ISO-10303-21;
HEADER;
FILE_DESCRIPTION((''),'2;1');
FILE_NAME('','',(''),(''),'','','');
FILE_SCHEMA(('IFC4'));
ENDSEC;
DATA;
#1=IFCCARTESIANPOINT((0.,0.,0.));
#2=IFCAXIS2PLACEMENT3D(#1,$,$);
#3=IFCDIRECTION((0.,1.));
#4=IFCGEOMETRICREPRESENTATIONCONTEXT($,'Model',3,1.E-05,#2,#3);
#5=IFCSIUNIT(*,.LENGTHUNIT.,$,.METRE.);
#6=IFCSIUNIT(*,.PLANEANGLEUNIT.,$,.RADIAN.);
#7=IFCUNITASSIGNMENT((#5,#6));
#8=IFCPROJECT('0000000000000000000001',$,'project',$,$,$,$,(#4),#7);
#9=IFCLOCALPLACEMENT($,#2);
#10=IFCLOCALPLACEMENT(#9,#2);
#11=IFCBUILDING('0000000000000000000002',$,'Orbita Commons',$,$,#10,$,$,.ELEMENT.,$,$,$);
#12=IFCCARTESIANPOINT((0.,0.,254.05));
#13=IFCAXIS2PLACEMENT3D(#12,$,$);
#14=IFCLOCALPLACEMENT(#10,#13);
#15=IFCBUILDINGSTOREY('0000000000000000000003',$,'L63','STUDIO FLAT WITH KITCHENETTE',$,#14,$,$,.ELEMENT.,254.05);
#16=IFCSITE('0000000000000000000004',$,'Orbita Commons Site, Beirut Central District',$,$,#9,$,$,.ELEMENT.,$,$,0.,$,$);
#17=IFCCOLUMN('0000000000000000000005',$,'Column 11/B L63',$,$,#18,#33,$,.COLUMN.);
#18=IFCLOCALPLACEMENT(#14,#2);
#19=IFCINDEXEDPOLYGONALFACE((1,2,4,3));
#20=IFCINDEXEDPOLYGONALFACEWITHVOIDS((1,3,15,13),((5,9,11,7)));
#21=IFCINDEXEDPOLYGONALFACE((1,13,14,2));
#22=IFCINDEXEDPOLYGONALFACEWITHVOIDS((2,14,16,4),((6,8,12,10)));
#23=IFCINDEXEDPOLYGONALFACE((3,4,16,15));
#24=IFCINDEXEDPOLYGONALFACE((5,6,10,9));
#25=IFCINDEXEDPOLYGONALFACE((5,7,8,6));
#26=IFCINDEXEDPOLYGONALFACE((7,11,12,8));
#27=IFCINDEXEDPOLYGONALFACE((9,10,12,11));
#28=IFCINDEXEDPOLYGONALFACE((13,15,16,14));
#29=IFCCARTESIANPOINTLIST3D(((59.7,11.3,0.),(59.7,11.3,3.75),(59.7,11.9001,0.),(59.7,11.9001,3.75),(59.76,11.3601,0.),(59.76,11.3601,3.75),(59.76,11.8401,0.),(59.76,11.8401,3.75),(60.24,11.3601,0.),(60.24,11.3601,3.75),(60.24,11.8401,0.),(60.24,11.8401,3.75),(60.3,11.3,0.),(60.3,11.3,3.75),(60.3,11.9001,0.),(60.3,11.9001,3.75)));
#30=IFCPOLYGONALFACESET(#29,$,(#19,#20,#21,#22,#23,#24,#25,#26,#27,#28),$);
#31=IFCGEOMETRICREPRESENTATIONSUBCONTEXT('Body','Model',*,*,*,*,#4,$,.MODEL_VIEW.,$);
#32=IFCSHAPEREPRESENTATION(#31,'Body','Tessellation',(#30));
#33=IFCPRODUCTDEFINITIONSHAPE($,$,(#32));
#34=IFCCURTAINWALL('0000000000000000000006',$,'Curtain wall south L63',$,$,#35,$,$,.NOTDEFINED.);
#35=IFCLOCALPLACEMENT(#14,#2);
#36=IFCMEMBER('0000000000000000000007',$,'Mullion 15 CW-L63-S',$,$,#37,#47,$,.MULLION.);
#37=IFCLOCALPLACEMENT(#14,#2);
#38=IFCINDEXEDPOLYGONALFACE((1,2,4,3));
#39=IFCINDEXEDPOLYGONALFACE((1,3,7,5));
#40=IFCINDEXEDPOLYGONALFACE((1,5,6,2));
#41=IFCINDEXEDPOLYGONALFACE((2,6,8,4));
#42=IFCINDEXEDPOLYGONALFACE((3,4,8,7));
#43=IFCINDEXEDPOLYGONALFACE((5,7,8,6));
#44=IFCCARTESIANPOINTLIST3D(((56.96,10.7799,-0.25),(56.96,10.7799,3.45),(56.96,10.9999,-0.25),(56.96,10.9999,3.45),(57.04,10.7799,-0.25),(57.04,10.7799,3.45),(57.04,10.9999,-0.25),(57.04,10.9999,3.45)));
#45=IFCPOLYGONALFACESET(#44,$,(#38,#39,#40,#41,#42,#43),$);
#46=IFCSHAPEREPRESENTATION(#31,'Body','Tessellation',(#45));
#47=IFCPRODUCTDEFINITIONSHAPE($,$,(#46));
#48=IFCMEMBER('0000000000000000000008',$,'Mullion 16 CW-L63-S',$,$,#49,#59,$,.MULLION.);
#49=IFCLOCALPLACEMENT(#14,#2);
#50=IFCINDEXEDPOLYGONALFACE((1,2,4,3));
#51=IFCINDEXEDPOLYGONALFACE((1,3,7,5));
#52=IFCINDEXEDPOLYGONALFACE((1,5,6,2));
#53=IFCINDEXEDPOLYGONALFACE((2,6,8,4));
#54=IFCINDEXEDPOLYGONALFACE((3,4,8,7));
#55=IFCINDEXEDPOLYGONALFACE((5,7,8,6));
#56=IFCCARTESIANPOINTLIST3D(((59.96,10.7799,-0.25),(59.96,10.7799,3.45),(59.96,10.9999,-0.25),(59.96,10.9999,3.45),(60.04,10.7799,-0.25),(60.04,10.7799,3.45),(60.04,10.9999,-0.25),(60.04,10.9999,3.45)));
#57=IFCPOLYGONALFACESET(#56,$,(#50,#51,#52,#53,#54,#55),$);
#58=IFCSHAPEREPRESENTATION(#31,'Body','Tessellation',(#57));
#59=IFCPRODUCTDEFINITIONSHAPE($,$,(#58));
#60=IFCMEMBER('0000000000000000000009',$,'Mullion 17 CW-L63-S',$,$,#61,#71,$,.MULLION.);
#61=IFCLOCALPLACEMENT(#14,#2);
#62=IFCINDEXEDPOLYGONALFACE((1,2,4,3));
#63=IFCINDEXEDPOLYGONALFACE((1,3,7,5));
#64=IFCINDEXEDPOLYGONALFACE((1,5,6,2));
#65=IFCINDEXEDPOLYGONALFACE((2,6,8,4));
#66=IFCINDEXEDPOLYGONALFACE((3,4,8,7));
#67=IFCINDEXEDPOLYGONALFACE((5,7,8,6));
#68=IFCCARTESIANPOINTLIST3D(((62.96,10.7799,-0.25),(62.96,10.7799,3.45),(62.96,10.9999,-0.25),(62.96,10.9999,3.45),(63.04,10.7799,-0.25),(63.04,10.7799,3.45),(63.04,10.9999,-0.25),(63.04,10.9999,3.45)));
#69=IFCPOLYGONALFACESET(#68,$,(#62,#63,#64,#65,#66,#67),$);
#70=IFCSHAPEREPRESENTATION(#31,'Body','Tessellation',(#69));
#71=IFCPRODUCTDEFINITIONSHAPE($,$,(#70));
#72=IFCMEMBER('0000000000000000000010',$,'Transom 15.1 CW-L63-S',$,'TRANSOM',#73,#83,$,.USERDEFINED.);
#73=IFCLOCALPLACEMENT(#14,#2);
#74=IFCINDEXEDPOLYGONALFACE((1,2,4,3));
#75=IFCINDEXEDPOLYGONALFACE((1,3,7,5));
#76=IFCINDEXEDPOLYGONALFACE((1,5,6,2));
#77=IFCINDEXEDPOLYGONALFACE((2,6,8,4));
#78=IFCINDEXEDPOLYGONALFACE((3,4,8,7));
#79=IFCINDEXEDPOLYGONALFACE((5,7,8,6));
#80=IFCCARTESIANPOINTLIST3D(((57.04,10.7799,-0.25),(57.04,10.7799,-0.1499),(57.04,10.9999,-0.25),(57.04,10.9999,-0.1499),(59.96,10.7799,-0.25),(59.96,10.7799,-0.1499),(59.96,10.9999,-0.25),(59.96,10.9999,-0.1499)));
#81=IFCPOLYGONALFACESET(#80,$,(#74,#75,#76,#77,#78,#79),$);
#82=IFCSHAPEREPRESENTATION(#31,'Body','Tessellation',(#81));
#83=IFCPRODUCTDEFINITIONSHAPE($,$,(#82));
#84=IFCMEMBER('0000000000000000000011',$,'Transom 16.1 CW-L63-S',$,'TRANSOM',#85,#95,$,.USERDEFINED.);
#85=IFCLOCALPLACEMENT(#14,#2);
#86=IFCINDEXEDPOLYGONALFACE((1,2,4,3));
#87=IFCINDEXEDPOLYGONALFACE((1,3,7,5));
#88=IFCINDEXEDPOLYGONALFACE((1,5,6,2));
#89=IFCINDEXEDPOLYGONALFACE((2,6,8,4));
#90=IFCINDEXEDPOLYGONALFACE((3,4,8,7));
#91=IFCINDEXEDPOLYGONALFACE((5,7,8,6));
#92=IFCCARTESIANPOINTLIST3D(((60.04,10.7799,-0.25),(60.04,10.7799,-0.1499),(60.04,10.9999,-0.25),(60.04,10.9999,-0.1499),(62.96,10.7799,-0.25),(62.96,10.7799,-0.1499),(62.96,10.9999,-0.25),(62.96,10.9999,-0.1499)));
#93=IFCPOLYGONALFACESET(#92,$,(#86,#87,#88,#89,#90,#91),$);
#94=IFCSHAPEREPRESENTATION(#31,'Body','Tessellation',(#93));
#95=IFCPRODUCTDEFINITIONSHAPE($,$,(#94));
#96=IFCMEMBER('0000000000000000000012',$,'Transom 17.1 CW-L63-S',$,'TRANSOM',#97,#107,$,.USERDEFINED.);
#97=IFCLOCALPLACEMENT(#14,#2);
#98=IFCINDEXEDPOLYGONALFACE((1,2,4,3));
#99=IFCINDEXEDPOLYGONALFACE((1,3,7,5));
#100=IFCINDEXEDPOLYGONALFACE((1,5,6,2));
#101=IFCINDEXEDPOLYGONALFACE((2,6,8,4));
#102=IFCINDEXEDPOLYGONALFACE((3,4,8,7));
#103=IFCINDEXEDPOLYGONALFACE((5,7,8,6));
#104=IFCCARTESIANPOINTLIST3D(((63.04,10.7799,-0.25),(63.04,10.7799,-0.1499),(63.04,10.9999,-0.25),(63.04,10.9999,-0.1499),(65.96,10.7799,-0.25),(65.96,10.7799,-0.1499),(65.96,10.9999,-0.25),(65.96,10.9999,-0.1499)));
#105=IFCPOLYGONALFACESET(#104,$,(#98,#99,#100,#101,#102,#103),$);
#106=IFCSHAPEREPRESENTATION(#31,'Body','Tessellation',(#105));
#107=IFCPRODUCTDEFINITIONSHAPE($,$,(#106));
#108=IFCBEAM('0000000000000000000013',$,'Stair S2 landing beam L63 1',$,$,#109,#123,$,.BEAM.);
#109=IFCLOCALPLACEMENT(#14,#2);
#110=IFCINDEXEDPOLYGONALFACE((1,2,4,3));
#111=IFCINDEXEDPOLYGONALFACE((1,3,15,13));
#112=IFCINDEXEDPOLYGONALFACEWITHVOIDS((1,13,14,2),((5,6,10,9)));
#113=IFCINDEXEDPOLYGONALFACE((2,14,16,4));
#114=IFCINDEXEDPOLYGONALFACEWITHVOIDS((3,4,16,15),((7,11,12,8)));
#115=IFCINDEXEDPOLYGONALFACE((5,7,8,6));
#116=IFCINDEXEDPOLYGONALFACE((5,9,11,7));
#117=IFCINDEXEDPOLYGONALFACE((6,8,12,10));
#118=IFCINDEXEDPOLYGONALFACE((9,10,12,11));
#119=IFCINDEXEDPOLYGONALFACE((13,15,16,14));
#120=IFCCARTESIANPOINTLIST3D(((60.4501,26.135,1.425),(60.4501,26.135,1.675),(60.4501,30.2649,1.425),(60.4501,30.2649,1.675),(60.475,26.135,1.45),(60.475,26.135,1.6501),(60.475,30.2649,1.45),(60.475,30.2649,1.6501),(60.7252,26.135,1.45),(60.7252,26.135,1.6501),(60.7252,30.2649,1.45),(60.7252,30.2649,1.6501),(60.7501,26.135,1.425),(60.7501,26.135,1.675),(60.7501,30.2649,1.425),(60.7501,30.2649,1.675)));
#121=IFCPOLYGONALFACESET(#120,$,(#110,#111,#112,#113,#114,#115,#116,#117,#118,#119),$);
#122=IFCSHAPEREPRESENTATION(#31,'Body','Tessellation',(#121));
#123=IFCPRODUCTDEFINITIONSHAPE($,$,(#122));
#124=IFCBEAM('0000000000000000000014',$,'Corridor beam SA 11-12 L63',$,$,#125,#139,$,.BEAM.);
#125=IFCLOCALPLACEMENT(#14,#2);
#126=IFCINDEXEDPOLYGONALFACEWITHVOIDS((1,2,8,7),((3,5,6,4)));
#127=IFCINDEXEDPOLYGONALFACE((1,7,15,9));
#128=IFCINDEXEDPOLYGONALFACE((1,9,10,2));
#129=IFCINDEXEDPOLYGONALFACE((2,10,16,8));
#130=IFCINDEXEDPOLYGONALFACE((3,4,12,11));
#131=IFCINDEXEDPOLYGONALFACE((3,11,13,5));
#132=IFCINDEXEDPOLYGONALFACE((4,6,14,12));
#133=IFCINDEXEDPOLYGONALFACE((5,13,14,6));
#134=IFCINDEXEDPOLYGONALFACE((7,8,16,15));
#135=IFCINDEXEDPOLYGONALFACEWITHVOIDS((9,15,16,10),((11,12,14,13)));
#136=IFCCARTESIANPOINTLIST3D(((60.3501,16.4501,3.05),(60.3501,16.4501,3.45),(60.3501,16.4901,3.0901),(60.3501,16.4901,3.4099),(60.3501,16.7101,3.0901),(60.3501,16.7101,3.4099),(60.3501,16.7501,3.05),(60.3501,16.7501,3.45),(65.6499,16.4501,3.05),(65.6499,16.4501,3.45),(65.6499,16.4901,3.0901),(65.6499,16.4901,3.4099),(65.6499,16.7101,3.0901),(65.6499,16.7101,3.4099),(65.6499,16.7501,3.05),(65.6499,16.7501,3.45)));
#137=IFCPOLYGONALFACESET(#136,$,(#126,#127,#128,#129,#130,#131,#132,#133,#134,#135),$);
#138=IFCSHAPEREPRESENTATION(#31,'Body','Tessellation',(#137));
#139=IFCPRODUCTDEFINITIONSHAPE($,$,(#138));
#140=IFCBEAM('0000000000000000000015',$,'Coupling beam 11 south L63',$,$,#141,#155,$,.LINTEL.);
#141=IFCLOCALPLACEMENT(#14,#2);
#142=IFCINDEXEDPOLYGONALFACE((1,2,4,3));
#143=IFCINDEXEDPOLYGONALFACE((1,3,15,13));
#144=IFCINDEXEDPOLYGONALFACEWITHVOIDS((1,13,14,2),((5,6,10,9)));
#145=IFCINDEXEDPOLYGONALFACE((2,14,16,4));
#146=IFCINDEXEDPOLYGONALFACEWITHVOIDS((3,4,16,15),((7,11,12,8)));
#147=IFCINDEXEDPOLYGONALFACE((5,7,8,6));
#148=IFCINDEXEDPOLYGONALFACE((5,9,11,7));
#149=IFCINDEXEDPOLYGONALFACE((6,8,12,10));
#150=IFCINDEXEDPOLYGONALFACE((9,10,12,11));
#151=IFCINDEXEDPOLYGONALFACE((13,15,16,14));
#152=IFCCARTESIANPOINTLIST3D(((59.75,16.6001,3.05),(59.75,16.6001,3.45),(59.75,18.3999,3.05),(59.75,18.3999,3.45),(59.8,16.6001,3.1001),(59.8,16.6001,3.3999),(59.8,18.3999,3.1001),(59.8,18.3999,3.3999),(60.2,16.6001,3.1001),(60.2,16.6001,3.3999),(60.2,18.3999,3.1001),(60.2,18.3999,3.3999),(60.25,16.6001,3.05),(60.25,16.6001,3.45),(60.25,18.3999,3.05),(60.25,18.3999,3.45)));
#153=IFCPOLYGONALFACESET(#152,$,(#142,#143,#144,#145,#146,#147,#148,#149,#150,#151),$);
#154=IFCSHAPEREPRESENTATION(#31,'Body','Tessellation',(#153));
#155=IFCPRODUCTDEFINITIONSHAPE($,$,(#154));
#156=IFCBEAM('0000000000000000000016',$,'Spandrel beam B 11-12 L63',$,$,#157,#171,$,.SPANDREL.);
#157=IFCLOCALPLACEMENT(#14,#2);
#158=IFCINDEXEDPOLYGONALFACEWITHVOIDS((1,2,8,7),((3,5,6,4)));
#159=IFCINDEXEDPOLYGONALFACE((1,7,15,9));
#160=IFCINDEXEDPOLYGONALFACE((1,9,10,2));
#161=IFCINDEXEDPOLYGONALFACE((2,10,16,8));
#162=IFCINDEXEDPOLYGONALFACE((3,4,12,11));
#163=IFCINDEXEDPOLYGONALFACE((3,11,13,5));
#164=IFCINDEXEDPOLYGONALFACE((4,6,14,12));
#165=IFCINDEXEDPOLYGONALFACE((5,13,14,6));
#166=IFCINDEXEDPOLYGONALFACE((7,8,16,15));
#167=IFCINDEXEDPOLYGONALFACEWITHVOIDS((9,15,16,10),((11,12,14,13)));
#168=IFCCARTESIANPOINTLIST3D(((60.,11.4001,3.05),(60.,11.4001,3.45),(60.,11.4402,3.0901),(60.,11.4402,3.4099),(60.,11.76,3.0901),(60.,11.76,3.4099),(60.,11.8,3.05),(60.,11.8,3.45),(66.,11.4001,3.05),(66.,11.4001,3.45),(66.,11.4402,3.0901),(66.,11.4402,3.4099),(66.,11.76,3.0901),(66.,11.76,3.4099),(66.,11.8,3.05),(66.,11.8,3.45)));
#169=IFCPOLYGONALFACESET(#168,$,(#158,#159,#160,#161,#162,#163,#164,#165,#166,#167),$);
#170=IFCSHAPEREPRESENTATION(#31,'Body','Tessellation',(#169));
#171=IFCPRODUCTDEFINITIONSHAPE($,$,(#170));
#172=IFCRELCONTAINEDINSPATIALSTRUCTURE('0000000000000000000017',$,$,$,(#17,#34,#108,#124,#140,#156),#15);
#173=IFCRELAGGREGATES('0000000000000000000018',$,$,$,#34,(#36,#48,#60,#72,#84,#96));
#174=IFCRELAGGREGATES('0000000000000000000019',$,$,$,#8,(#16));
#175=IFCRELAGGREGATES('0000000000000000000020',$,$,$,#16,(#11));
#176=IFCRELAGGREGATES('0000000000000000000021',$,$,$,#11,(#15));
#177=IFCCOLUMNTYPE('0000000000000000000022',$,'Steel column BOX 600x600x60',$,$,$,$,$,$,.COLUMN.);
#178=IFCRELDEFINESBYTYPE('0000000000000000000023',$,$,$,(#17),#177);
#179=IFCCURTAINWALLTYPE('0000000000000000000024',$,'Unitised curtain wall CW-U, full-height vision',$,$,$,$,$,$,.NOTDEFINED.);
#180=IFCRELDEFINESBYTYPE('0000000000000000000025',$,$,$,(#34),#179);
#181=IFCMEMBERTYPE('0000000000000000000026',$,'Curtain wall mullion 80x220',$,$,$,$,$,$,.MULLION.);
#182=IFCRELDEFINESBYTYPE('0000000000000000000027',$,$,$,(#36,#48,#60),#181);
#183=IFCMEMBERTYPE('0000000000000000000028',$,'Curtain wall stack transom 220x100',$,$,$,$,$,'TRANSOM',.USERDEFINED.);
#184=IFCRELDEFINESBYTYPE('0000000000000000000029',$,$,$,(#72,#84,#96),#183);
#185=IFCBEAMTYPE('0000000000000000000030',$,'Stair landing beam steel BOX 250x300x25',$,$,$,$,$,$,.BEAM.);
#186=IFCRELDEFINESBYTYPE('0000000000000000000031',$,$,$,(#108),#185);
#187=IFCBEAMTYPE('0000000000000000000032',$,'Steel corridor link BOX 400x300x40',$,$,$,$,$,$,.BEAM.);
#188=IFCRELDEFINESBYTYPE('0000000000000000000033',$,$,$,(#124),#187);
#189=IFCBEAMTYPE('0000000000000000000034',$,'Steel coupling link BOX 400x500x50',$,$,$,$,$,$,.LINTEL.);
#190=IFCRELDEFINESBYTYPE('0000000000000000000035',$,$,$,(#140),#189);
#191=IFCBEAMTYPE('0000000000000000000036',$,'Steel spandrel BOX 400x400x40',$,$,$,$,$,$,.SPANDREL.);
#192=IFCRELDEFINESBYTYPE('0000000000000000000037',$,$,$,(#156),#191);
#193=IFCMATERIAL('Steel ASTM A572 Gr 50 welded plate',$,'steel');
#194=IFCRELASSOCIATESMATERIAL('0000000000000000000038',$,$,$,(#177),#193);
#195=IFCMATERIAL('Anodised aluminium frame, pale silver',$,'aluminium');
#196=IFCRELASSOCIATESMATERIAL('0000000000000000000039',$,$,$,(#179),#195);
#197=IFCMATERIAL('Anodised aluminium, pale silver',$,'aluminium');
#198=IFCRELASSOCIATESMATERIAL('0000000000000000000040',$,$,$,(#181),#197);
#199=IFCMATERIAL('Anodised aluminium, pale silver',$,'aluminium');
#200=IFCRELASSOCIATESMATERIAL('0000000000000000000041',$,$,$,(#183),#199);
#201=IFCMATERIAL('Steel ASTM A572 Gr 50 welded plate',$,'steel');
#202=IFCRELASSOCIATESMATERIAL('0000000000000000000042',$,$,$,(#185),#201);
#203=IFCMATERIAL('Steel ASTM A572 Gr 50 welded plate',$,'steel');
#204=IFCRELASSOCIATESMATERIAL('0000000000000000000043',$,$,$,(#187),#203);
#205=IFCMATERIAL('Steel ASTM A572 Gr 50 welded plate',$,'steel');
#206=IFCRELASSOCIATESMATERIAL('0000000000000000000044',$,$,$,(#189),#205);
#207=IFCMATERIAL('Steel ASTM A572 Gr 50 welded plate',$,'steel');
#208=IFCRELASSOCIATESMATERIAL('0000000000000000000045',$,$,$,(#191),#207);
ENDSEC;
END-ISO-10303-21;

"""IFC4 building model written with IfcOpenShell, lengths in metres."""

from ifc_helpers import new_model, si_unit, direction, frame, origin, origin_2d, place, context, subcontext, project, spatial, rectangle, hollow_rectangle, extrude, material, material_profile, profile_set, type_object, element, aggregate, save


model = new_model("IFC4")

# Units and contexts
model_context = context("Model", 3, precision=1e-05, world=origin(), true_north=direction((0.0, 1.0)))
body_context = subcontext(model_context, "Body", "Model", "MODEL_VIEW")
ifc_project = project(units=[si_unit("LENGTHUNIT", "METRE"), si_unit("PLANEANGLEUNIT", "RADIAN")], contexts=[model_context])

# Site, building, storey
site_placement = place(None, origin())
site = spatial("IfcSite", under=ifc_project, at=site_placement, Name="Orbita Commons Site, Beirut Central District", CompositionType="ELEMENT", RefElevation=0.0)
building_placement = place(site_placement, origin())
building = spatial("IfcBuilding", under=site, at=building_placement, Name="Orbita Commons", CompositionType="ELEMENT")
storey_placement = place(building_placement, frame((0.0, 0.0, 254.05)))
storey = spatial("IfcBuildingStorey", under=building, at=storey_placement, Name="L63", Description="STUDIO FLAT WITH KITCHENETTE", CompositionType="ELEMENT", Elevation=254.05)

# Column
ifc_material_1 = material(Name="Steel ASTM A572 Gr 50 welded plate", Category="steel")
ifc_material_profile_1 = material_profile(ifc_material_1, hollow_rectangle(XDim=0.6001, YDim=0.6001, WallThickness=0.0601, at=origin_2d()), Name="BOX 600x600x60")
ifc_profile_set_1 = profile_set([ifc_material_profile_1], Name="Steel ASTM A572 Gr 50 welded plate")
column_type = type_object("IfcColumnType", Name="Steel column BOX 600x600x60", PredefinedType="COLUMN", material=ifc_profile_set_1)
column_placement = place(storey_placement, frame((60.0, 11.6001, 0.0), z_axis=(0.0, 0.0, 1.0), x_axis=(1.0, 0.0, 0.0)))
element("IfcColumn", 1, at=column_placement, inside=storey, type_object=column_type, Name="Column 11/B L63", PredefinedType="COLUMN", context=body_context, shape_type="SweptSolid", body=[
    extrude(hollow_rectangle(XDim=0.6001, YDim=0.6001, WallThickness=0.0601, at=origin_2d()), origin(), (0.0, 0.0, 1.0), 3.75),
])

# Curtain wall, members
ifc_material_2 = material(Name="Anodised aluminium frame, pale silver", Category="aluminium")
curtain_wall_type = type_object("IfcCurtainWallType", Name="Unitised curtain wall CW-U, full-height vision", PredefinedType="NOTDEFINED", material=ifc_material_2)
curtain_wall_placement = place(storey_placement, origin())
curtain_wall = element("IfcCurtainWall", 2, at=curtain_wall_placement, inside=storey, type_object=curtain_wall_type, Name="Curtain wall south L63", PredefinedType="NOTDEFINED")
ifc_material_3 = material(Name="Anodised aluminium, pale silver", Category="aluminium")
ifc_material_profile_2 = material_profile(ifc_material_3, rectangle(XDim=0.0801, YDim=0.22, at=origin_2d()), Name="AL 80x220")
ifc_profile_set_2 = profile_set([ifc_material_profile_2], Name="Anodised aluminium, pale silver")
member_type_1 = type_object("IfcMemberType", Name="Curtain wall mullion 80x220", PredefinedType="MULLION", material=ifc_profile_set_2)
member_1_placement = place(storey_placement, frame((57.0, 10.8899, -0.25), z_axis=(0.0, 0.0, 1.0), x_axis=(1.0, 0.0, 0.0)))
member_1 = element("IfcMember", 3, at=member_1_placement, type_object=member_type_1, Name="Mullion 15 CW-L63-S", PredefinedType="MULLION", context=body_context, shape_type="SweptSolid", body=[
    extrude(rectangle(XDim=0.0801, YDim=0.22, at=origin_2d()), origin(), (0.0, 0.0, 1.0), 3.7),
])
member_2_placement = place(storey_placement, frame((60.0, 10.8899, -0.25), z_axis=(0.0, 0.0, 1.0), x_axis=(1.0, 0.0, 0.0)))
member_2 = element("IfcMember", 4, at=member_2_placement, type_object=member_type_1, Name="Mullion 16 CW-L63-S", PredefinedType="MULLION", context=body_context, shape_type="SweptSolid", body=[
    extrude(rectangle(XDim=0.0801, YDim=0.22, at=origin_2d()), origin(), (0.0, 0.0, 1.0), 3.7),
])
member_3_placement = place(storey_placement, frame((63.0, 10.8899, -0.25), z_axis=(0.0, 0.0, 1.0), x_axis=(1.0, 0.0, 0.0)))
member_3 = element("IfcMember", 5, at=member_3_placement, type_object=member_type_1, Name="Mullion 17 CW-L63-S", PredefinedType="MULLION", context=body_context, shape_type="SweptSolid", body=[
    extrude(rectangle(XDim=0.0801, YDim=0.22, at=origin_2d()), origin(), (0.0, 0.0, 1.0), 3.7),
])
ifc_material_4 = material(Name="Anodised aluminium, pale silver", Category="aluminium")
ifc_material_profile_3 = material_profile(ifc_material_4, rectangle(XDim=0.22, YDim=0.1001, at=origin_2d()), Name="AL 220x100")
ifc_profile_set_3 = profile_set([ifc_material_profile_3], Name="Anodised aluminium, pale silver")
member_type_2 = type_object("IfcMemberType", Name="Curtain wall stack transom 220x100", ElementType="TRANSOM", PredefinedType="USERDEFINED", material=ifc_profile_set_3)
member_4_placement = place(storey_placement, frame((57.04, 10.8899, -0.2), z_axis=(1.0, 0.0, 0.0), x_axis=(0.0, 1.0, 0.0)))
member_4 = element("IfcMember", 6, at=member_4_placement, type_object=member_type_2, Name="Transom 15.1 CW-L63-S", ObjectType="TRANSOM", PredefinedType="USERDEFINED", context=body_context, shape_type="SweptSolid", body=[
    extrude(rectangle(XDim=0.22, YDim=0.1001, at=origin_2d()), origin(), (0.0, 0.0, 1.0), 2.9199),
])
member_5_placement = place(storey_placement, frame((60.04, 10.8899, -0.2), z_axis=(1.0, 0.0, 0.0), x_axis=(0.0, 1.0, 0.0)))
member_5 = element("IfcMember", 7, at=member_5_placement, type_object=member_type_2, Name="Transom 16.1 CW-L63-S", ObjectType="TRANSOM", PredefinedType="USERDEFINED", context=body_context, shape_type="SweptSolid", body=[
    extrude(rectangle(XDim=0.22, YDim=0.1001, at=origin_2d()), origin(), (0.0, 0.0, 1.0), 2.9199),
])
member_6_placement = place(storey_placement, frame((63.04, 10.8899, -0.2), z_axis=(1.0, 0.0, 0.0), x_axis=(0.0, 1.0, 0.0)))
member_6 = element("IfcMember", 8, at=member_6_placement, type_object=member_type_2, Name="Transom 17.1 CW-L63-S", ObjectType="TRANSOM", PredefinedType="USERDEFINED", context=body_context, shape_type="SweptSolid", body=[
    extrude(rectangle(XDim=0.22, YDim=0.1001, at=origin_2d()), origin(), (0.0, 0.0, 1.0), 2.9199),
])

# Beams
ifc_material_5 = material(Name="Steel ASTM A572 Gr 50 welded plate", Category="steel")
ifc_material_profile_4 = material_profile(ifc_material_5, hollow_rectangle(XDim=0.3, YDim=0.25, WallThickness=0.0249, at=origin_2d()), Name="BOX 250x300x25")
ifc_profile_set_4 = profile_set([ifc_material_profile_4], Name="Steel ASTM A572 Gr 50 welded plate")
beam_type_1 = type_object("IfcBeamType", Name="Stair landing beam steel BOX 250x300x25", PredefinedType="BEAM", material=ifc_profile_set_4)
beam_1_placement = place(storey_placement, frame((60.6001, 26.135, 1.55), z_axis=(0.0, 1.0, 0.0), x_axis=(-1.0, 0.0, 0.0)))
element("IfcBeam", 9, at=beam_1_placement, inside=storey, type_object=beam_type_1, Name="Stair S2 landing beam L63 1", PredefinedType="BEAM", context=body_context, shape_type="SweptSolid", body=[
    extrude(hollow_rectangle(XDim=0.3, YDim=0.25, WallThickness=0.0249, at=origin_2d()), origin(), (0.0, 0.0, 1.0), 4.1299),
])
ifc_material_6 = material(Name="Steel ASTM A572 Gr 50 welded plate", Category="steel")
ifc_material_profile_5 = material_profile(ifc_material_6, hollow_rectangle(XDim=0.3, YDim=0.3999, WallThickness=0.04, at=origin_2d()), Name="BOX 400x300x40")
ifc_profile_set_5 = profile_set([ifc_material_profile_5], Name="Steel ASTM A572 Gr 50 welded plate")
beam_type_2 = type_object("IfcBeamType", Name="Steel corridor link BOX 400x300x40", PredefinedType="BEAM", material=ifc_profile_set_5)
beam_2_placement = place(storey_placement, frame((60.3501, 16.6001, 3.25), z_axis=(1.0, 0.0, 0.0), x_axis=(0.0, 1.0, 0.0)))
element("IfcBeam", 10, at=beam_2_placement, inside=storey, type_object=beam_type_2, Name="Corridor beam SA 11-12 L63", PredefinedType="BEAM", context=body_context, shape_type="SweptSolid", body=[
    extrude(hollow_rectangle(XDim=0.3, YDim=0.3999, WallThickness=0.04, at=origin_2d()), origin(), (0.0, 0.0, 1.0), 5.2998),
])
ifc_material_7 = material(Name="Steel ASTM A572 Gr 50 welded plate", Category="steel")
ifc_material_profile_6 = material_profile(ifc_material_7, hollow_rectangle(XDim=0.5, YDim=0.3999, WallThickness=0.05, at=origin_2d()), Name="BOX 400x500x50")
ifc_profile_set_6 = profile_set([ifc_material_profile_6], Name="Steel ASTM A572 Gr 50 welded plate")
beam_type_3 = type_object("IfcBeamType", Name="Steel coupling link BOX 400x500x50", PredefinedType="LINTEL", material=ifc_profile_set_6)
beam_3_placement = place(storey_placement, frame((60.0, 16.6001, 3.25), z_axis=(0.0, 1.0, 0.0), x_axis=(-1.0, 0.0, 0.0)))
element("IfcBeam", 11, at=beam_3_placement, inside=storey, type_object=beam_type_3, Name="Coupling beam 11 south L63", PredefinedType="LINTEL", context=body_context, shape_type="SweptSolid", body=[
    extrude(hollow_rectangle(XDim=0.5, YDim=0.3999, WallThickness=0.05, at=origin_2d()), origin(), (0.0, 0.0, 1.0), 1.7998),
])
ifc_material_8 = material(Name="Steel ASTM A572 Gr 50 welded plate", Category="steel")
ifc_material_profile_7 = material_profile(ifc_material_8, hollow_rectangle(XDim=0.3999, YDim=0.3999, WallThickness=0.04, at=origin_2d()), Name="BOX 400x400x40")
ifc_profile_set_7 = profile_set([ifc_material_profile_7], Name="Steel ASTM A572 Gr 50 welded plate")
beam_type_4 = type_object("IfcBeamType", Name="Steel spandrel BOX 400x400x40", PredefinedType="SPANDREL", material=ifc_profile_set_7)
beam_4_placement = place(storey_placement, frame((60.0, 11.6001, 3.25), z_axis=(1.0, 0.0, 0.0), x_axis=(0.0, 1.0, 0.0)))
element("IfcBeam", 12, at=beam_4_placement, inside=storey, type_object=beam_type_4, Name="Spandrel beam B 11-12 L63", PredefinedType="SPANDREL", context=body_context, shape_type="SweptSolid", body=[
    extrude(hollow_rectangle(XDim=0.3999, YDim=0.3999, WallThickness=0.04, at=origin_2d()), origin(), (0.0, 0.0, 1.0), 6.0),
])

aggregate(curtain_wall, [member_1, member_2, member_3, member_4, member_5, member_6])

save(model, "model.ifc")
